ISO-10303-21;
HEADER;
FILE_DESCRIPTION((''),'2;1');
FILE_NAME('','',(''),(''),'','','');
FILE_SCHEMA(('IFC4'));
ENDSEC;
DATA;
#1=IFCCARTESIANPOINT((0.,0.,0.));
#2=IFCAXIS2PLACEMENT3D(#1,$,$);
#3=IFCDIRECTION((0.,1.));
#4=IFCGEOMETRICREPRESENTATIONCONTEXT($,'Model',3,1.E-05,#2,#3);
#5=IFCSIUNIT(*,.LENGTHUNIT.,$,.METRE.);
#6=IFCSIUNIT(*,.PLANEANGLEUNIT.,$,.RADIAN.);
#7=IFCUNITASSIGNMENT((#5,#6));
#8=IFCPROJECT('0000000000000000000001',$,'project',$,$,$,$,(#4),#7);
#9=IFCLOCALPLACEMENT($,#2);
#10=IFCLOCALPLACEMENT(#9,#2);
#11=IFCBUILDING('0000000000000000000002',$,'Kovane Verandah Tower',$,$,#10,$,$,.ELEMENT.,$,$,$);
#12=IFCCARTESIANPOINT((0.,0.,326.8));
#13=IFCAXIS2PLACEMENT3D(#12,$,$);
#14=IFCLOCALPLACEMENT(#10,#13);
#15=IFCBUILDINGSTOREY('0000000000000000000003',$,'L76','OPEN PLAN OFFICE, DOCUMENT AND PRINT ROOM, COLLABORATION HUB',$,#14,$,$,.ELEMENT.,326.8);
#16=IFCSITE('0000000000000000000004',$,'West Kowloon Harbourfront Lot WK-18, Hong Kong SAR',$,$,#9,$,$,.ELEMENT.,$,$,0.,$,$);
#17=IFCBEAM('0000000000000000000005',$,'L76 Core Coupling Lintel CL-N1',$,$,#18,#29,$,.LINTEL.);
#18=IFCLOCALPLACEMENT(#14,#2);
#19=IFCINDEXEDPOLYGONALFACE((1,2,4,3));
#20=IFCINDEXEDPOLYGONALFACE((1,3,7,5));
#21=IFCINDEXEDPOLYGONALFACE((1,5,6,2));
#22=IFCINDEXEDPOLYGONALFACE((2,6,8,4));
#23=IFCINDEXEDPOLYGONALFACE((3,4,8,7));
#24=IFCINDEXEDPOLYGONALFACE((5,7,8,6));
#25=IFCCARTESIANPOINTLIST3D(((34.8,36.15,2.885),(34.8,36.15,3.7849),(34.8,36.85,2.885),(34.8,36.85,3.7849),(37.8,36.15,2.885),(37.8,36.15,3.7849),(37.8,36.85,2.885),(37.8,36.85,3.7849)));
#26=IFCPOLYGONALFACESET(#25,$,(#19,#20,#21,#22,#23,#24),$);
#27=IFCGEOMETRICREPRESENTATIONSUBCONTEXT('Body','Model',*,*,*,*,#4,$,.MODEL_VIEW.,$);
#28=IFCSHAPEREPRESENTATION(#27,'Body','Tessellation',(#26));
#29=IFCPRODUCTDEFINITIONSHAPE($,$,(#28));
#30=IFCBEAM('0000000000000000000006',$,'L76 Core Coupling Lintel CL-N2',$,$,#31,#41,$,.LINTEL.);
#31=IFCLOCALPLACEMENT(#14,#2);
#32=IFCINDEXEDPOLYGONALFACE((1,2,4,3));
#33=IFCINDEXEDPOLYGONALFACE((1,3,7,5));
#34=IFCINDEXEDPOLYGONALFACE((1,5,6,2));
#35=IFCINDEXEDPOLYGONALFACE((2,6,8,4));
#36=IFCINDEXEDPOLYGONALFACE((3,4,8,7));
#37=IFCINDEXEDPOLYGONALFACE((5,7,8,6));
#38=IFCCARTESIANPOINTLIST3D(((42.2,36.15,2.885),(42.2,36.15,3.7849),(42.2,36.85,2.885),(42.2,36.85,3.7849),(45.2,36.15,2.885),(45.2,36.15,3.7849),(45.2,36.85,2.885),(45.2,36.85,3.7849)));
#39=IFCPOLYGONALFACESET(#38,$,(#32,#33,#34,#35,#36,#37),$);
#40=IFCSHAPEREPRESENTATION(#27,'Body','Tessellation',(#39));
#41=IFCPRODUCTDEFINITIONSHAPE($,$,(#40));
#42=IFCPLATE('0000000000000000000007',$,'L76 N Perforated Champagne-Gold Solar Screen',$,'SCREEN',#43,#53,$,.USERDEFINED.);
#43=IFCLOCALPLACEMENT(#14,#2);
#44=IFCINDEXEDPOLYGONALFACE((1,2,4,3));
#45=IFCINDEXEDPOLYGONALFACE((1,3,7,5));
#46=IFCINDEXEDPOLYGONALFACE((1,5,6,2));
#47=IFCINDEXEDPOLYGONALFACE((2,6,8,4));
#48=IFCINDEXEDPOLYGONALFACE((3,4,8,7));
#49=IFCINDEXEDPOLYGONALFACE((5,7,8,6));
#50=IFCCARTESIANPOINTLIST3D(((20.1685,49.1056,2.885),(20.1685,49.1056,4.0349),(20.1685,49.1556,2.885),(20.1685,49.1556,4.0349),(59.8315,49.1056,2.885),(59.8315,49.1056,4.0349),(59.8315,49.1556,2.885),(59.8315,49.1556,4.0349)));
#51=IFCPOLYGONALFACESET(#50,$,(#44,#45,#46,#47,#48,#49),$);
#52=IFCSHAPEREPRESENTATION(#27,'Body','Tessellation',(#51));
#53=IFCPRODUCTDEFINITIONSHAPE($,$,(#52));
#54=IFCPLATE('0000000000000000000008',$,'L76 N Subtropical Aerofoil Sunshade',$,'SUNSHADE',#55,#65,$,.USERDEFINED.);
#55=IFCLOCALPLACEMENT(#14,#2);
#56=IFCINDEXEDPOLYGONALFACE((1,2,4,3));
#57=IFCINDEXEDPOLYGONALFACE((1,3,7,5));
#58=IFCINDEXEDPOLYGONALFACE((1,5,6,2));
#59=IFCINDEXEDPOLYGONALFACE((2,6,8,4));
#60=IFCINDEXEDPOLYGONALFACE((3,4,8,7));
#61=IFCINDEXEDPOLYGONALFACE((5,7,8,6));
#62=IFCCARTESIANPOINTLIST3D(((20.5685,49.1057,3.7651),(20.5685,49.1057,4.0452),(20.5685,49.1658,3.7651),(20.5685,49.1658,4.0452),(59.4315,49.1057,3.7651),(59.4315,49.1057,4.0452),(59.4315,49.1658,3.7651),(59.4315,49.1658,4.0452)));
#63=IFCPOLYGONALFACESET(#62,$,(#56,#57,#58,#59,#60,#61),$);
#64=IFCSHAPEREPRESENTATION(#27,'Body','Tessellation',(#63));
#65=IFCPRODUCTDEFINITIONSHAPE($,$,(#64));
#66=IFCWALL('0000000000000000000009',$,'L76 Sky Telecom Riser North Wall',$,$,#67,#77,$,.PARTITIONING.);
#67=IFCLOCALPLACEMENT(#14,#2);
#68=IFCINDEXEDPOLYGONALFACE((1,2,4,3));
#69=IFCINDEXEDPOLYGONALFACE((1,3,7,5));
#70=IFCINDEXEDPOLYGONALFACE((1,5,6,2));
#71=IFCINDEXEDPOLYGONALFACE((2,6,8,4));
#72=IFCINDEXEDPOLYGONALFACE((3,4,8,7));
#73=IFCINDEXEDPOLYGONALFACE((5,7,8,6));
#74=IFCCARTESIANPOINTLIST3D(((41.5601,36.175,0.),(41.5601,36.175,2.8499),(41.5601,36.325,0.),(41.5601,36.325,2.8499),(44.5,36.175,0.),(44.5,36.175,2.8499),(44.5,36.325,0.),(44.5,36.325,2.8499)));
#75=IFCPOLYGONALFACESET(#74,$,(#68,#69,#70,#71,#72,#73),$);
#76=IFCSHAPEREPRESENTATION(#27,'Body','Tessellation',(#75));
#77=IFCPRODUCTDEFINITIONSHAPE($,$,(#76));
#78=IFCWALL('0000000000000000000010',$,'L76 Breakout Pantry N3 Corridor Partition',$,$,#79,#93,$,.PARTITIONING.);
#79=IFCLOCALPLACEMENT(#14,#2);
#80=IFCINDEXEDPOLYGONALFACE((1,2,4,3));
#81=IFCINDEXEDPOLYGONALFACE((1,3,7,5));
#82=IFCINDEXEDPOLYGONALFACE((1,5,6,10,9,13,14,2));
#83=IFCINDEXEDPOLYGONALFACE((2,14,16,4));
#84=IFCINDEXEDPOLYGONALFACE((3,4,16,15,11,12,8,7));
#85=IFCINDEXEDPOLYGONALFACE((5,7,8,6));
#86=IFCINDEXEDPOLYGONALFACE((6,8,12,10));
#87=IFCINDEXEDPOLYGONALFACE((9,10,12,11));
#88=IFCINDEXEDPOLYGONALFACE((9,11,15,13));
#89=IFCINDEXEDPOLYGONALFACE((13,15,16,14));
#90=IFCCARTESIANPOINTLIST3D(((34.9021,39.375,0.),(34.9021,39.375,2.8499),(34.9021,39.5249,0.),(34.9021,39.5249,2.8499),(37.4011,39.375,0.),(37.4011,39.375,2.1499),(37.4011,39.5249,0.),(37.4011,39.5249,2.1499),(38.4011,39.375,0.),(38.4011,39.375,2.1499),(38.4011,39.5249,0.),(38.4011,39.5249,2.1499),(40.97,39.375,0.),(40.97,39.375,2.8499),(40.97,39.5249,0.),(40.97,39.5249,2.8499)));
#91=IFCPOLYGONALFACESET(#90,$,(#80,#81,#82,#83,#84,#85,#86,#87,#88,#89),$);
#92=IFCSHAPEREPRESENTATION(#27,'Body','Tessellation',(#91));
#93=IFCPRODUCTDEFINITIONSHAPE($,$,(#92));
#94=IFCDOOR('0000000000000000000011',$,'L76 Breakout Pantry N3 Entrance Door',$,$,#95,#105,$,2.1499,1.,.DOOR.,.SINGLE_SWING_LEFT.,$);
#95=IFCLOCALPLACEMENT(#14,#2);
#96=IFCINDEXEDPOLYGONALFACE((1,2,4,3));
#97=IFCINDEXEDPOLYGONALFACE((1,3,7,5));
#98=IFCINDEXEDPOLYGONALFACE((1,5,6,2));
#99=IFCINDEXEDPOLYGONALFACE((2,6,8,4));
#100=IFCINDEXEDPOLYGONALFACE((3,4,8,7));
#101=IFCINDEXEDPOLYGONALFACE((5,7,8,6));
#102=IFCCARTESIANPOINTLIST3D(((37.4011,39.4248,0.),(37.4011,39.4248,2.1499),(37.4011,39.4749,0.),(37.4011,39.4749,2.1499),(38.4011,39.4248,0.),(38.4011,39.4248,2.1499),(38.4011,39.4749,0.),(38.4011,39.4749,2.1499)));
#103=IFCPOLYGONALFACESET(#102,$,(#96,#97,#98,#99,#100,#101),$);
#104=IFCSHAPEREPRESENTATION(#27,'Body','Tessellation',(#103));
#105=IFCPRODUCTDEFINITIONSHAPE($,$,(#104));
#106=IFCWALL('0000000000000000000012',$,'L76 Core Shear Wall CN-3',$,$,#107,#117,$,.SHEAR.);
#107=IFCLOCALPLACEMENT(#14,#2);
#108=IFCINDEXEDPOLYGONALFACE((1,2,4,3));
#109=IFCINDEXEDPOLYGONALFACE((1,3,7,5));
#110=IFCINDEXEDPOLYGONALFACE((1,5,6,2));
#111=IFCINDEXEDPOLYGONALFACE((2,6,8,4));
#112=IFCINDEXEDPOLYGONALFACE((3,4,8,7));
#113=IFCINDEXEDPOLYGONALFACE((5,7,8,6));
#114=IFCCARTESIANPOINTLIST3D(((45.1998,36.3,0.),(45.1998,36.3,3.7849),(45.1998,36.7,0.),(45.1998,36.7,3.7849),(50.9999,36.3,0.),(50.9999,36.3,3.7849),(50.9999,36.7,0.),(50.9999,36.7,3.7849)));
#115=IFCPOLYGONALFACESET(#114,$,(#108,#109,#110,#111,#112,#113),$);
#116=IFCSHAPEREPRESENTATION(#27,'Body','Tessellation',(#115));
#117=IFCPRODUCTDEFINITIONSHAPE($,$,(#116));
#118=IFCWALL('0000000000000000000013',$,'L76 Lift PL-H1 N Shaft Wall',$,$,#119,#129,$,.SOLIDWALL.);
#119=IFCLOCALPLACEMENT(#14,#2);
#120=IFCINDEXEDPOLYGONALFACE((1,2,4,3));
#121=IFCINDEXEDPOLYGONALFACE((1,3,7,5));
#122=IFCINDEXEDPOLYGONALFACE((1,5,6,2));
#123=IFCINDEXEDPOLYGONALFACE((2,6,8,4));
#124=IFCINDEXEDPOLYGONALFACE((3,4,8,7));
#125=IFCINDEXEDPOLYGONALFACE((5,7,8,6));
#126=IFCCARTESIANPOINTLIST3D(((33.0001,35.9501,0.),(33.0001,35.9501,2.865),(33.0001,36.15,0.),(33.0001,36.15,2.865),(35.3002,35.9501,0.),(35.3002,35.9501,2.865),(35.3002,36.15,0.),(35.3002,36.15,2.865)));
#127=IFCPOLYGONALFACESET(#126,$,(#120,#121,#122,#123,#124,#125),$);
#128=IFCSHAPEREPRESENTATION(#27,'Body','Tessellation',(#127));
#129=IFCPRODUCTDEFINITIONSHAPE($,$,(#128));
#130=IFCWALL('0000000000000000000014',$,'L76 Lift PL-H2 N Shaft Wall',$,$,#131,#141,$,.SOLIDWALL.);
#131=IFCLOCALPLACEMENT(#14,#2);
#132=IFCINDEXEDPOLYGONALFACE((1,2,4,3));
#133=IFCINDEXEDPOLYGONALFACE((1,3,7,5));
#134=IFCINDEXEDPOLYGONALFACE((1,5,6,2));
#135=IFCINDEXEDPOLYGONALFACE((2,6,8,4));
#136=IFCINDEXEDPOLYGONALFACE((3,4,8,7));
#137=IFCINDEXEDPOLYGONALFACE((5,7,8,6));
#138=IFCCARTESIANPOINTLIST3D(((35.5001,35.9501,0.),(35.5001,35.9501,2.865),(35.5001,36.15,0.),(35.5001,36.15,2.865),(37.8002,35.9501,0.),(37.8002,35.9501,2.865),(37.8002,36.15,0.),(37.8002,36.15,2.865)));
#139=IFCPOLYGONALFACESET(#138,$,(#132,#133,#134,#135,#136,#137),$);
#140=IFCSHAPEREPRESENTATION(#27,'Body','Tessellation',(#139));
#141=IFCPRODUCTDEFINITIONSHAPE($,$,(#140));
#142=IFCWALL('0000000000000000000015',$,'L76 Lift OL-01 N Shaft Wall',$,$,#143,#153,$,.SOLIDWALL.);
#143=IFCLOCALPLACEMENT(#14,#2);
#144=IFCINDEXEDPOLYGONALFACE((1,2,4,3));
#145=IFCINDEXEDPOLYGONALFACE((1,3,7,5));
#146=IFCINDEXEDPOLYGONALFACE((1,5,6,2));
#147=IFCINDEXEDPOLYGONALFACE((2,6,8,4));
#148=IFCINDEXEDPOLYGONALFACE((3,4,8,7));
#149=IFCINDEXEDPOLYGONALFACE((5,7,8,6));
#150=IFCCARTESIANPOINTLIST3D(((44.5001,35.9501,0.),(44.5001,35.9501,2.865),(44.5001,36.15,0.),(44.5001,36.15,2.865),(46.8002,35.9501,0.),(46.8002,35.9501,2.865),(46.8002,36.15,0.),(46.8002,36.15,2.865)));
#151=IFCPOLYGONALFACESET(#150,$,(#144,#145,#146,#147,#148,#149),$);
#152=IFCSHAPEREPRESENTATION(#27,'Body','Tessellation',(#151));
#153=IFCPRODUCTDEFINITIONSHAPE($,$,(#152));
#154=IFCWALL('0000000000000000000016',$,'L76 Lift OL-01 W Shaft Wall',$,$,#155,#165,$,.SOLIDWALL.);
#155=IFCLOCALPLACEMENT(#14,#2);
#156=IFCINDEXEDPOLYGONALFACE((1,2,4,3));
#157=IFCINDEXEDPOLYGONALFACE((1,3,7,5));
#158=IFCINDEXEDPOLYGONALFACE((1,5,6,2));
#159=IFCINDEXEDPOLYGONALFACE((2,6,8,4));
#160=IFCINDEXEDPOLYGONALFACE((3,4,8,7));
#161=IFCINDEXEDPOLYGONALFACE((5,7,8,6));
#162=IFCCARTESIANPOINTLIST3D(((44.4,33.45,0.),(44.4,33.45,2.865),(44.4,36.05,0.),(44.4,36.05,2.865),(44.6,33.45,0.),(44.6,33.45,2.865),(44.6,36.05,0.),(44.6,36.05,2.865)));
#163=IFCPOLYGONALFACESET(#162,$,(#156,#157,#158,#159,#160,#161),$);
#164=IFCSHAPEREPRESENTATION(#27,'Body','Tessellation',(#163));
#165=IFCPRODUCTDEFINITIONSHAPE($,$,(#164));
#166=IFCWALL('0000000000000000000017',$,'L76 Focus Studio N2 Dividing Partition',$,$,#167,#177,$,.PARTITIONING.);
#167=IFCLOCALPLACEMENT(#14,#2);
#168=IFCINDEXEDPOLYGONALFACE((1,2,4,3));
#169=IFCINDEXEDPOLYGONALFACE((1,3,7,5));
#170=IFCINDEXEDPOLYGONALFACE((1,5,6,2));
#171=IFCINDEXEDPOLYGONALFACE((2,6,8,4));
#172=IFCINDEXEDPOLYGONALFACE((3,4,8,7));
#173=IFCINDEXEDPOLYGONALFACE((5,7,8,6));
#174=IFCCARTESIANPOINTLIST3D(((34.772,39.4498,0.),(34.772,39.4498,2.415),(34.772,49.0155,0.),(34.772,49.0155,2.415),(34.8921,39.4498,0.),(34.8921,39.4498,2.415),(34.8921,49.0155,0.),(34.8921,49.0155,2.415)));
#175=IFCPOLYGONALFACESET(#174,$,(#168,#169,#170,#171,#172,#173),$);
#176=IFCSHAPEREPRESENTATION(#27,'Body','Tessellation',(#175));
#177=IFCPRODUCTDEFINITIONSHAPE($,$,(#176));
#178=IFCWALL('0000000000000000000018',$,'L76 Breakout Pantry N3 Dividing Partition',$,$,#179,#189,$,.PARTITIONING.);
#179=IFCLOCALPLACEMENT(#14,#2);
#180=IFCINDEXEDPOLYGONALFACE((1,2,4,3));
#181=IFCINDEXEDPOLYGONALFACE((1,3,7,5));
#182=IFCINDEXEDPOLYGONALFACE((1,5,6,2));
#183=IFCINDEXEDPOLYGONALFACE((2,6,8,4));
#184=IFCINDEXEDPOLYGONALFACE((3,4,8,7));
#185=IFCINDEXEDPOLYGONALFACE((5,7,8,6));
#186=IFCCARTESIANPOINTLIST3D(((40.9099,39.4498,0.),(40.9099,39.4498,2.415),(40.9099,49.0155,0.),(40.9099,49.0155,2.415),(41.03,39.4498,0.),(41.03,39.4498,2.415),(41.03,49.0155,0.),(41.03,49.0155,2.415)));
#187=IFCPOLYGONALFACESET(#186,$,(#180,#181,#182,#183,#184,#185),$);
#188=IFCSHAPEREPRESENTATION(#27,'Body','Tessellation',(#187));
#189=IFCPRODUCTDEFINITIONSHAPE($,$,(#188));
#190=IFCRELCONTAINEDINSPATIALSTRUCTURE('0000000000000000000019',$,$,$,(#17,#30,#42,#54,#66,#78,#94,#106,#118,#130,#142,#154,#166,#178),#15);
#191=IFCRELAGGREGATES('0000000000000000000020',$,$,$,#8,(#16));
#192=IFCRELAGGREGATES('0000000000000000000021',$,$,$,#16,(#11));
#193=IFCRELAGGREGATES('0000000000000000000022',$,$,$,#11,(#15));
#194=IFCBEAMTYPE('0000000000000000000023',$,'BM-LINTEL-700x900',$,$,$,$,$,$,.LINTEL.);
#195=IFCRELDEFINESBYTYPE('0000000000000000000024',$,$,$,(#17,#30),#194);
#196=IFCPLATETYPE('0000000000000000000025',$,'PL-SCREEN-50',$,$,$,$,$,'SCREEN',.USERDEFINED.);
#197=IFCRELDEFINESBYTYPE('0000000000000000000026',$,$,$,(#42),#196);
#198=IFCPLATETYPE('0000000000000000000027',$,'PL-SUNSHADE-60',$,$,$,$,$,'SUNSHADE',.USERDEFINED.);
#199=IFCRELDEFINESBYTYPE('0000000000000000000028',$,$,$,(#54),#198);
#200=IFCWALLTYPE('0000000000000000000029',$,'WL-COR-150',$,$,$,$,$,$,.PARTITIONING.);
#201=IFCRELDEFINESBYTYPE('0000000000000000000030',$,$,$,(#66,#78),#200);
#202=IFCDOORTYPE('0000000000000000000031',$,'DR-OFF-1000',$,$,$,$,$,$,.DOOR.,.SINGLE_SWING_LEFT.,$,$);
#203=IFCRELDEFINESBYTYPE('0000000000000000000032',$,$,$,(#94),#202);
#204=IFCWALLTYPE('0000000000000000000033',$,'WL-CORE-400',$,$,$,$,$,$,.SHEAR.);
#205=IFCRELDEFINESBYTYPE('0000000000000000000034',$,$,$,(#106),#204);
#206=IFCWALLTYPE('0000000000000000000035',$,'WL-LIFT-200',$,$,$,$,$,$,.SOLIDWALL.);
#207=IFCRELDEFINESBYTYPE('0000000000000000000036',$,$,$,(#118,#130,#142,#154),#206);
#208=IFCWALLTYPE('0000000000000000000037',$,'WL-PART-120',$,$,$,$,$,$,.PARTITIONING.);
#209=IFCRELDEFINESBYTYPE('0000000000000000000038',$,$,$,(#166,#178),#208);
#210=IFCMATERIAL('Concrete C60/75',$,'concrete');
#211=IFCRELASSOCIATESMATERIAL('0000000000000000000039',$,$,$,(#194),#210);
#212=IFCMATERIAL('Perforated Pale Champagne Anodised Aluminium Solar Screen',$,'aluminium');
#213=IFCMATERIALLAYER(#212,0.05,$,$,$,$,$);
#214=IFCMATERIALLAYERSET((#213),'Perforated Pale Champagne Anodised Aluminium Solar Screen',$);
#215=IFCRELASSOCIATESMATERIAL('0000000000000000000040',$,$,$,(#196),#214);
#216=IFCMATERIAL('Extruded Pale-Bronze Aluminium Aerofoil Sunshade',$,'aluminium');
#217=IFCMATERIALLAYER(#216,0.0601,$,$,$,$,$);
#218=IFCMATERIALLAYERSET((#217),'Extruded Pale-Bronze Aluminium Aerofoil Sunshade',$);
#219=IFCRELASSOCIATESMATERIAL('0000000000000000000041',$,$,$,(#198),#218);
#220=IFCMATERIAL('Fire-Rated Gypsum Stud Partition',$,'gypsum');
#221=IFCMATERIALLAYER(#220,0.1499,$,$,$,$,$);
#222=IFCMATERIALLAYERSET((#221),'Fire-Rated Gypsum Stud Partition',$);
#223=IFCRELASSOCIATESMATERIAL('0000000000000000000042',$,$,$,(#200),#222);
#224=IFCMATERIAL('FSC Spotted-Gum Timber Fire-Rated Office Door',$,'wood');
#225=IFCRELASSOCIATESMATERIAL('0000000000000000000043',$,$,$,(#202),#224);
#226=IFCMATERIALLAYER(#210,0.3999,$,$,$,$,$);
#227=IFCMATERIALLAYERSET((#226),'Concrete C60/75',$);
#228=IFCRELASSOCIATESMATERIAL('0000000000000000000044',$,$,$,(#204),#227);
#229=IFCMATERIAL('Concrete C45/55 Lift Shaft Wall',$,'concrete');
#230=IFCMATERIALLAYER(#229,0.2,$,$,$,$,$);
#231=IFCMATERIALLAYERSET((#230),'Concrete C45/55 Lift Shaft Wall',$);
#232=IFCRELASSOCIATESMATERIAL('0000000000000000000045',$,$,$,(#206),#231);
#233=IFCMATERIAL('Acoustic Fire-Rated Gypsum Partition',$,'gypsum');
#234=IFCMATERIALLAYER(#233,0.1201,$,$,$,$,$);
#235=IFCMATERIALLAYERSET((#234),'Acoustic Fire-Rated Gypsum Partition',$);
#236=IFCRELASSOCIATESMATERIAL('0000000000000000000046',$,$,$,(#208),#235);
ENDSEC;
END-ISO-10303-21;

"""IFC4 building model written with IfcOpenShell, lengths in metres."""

from ifc_helpers import new_model, si_unit, direction, frame, frame_2d, origin, origin_2d, place, context, subcontext, project, spatial, rectangle, extrude, material, layer, layer_set, material_profile, profile_set, type_object, element, fill, save


model = new_model("IFC4")

# Units and contexts
model_context = context("Model", 3, precision=1e-05, world=origin(), true_north=direction((0.0, 1.0)))
body_context = subcontext(model_context, "Body", "Model", "MODEL_VIEW")
ifc_project = project(units=[si_unit("LENGTHUNIT", "METRE"), si_unit("PLANEANGLEUNIT", "RADIAN")], contexts=[model_context])

# Site, building, storey
site_placement = place(None, origin())
site = spatial("IfcSite", under=ifc_project, at=site_placement, Name="West Kowloon Harbourfront Lot WK-18, Hong Kong SAR", CompositionType="ELEMENT", RefElevation=0.0)
building_placement = place(site_placement, origin())
building = spatial("IfcBuilding", under=site, at=building_placement, Name="Kovane Verandah Tower", CompositionType="ELEMENT")
storey_placement = place(building_placement, frame((0.0, 0.0, 326.8)))
storey = spatial("IfcBuildingStorey", under=building, at=storey_placement, Name="L76", Description="OPEN PLAN OFFICE, DOCUMENT AND PRINT ROOM, COLLABORATION HUB", CompositionType="ELEMENT", Elevation=326.8)

# Beams
ifc_material_1 = material(Name="Concrete C60/75", Category="concrete")
ifc_material_profile = material_profile(ifc_material_1, rectangle(XDim=0.7, YDim=0.8999, at=origin_2d()), Name="RCB700x900")
ifc_profile_set = profile_set([ifc_material_profile], Name="Concrete C60/75")
beam_type = type_object("IfcBeamType", Name="BM-LINTEL-700x900", PredefinedType="LINTEL", material=ifc_profile_set)
for number, where, z_axis, x_axis, name in (
    (1, (34.8, 36.5, 3.335), (1.0, 0.0, 0.0), (0.0, 1.0, 0.0), "L76 Core Coupling Lintel CL-N1"),
    (2, (42.2, 36.5, 3.335), (1.0, 0.0, 0.0), (0.0, 1.0, 0.0), "L76 Core Coupling Lintel CL-N2"),
):
    element("IfcBeam", number, at=place(storey_placement, frame(where, z_axis=z_axis, x_axis=x_axis)), inside=storey, type_object=beam_type, Name=name, PredefinedType="LINTEL", context=body_context, shape_type="SweptSolid", body=[
        extrude(rectangle(XDim=0.7, YDim=0.8999, at=origin_2d()), origin(), (0.0, 0.0, 1.0), 3.0),
    ])

# Plates
ifc_material_2 = material(Name="Perforated Pale Champagne Anodised Aluminium Solar Screen", Category="aluminium")
ifc_layer_1 = layer(ifc_material_2, 0.05)
ifc_layer_set_1 = layer_set([ifc_layer_1], Name="Perforated Pale Champagne Anodised Aluminium Solar Screen")
plate_type_1 = type_object("IfcPlateType", Name="PL-SCREEN-50", ElementType="SCREEN", PredefinedType="USERDEFINED", material=ifc_layer_set_1)
plate_1_placement = place(storey_placement, frame((40.0, 49.1306, 2.885), z_axis=(0.0, 0.0, 1.0), x_axis=(-1.0, 0.0, 0.0)))
element("IfcPlate", 3, at=plate_1_placement, inside=storey, type_object=plate_type_1, Name="L76 N Perforated Champagne-Gold Solar Screen", ObjectType="SCREEN", PredefinedType="USERDEFINED", context=body_context, shape_type="SweptSolid", body=[
    extrude(rectangle(XDim=39.6631, YDim=0.05, at=origin_2d()), origin(), (0.0, 0.0, 1.0), 1.1499),
])
ifc_material_3 = material(Name="Extruded Pale-Bronze Aluminium Aerofoil Sunshade", Category="aluminium")
ifc_layer_2 = layer(ifc_material_3, 0.0601)
ifc_layer_set_2 = layer_set([ifc_layer_2], Name="Extruded Pale-Bronze Aluminium Aerofoil Sunshade")
plate_type_2 = type_object("IfcPlateType", Name="PL-SUNSHADE-60", ElementType="SUNSHADE", PredefinedType="USERDEFINED", material=ifc_layer_set_2)
plate_2_placement = place(storey_placement, frame((40.0, 49.1357, 3.7651), z_axis=(0.0, 0.0, 1.0), x_axis=(-1.0, 0.0, 0.0)))
element("IfcPlate", 4, at=plate_2_placement, inside=storey, type_object=plate_type_2, Name="L76 N Subtropical Aerofoil Sunshade", ObjectType="SUNSHADE", PredefinedType="USERDEFINED", context=body_context, shape_type="SweptSolid", body=[
    extrude(rectangle(XDim=38.863, YDim=0.0601, at=origin_2d()), origin(), (0.0, 0.0, 1.0), 0.28),
])

# Wall
ifc_material_4 = material(Name="Fire-Rated Gypsum Stud Partition", Category="gypsum")
ifc_layer_3 = layer(ifc_material_4, 0.1499)
ifc_layer_set_3 = layer_set([ifc_layer_3], Name="Fire-Rated Gypsum Stud Partition")
wall_type_1 = type_object("IfcWallType", Name="WL-COR-150", PredefinedType="PARTITIONING", material=ifc_layer_set_3)
wall_1_placement = place(storey_placement, frame((41.5601, 36.25, 0.0), z_axis=(0.0, 0.0, 1.0), x_axis=(1.0, 0.0, 0.0)))
element("IfcWall", 5, at=wall_1_placement, inside=storey, type_object=wall_type_1, Name="L76 Sky Telecom Riser North Wall", PredefinedType="PARTITIONING", context=body_context, shape_type="SweptSolid", body=[
    extrude(rectangle(XDim=2.9399, YDim=0.1499, at=frame_2d((1.47, 0.0))), origin(), (0.0, 0.0, 1.0), 2.8499),
])

# Wall, opening, door
wall_2_placement = place(storey_placement, frame((34.9021, 39.45, 0.0), z_axis=(0.0, 0.0, 1.0), x_axis=(1.0, 0.0, 0.0)))
wall_2 = element("IfcWall", 6, at=wall_2_placement, inside=storey, type_object=wall_type_1, Name="L76 Breakout Pantry N3 Corridor Partition", PredefinedType="PARTITIONING", context=body_context, shape_type="SweptSolid", body=[
    extrude(rectangle(XDim=6.0679, YDim=0.1499, at=frame_2d((3.0339, 0.0))), origin(), (0.0, 0.0, 1.0), 2.8499),
])
opening_1_placement = place(wall_2_placement, frame((2.499, 0.0, 0.0)))
opening_1 = element("IfcOpeningElement", 7, at=opening_1_placement, cuts=wall_2, PredefinedType="OPENING", context=body_context, shape_type="SweptSolid", body=[
    extrude(rectangle(XDim=1.0, YDim=2.1499, at=frame_2d((0.5, 1.075))), frame((0.0, 0.075, 0.0), z_axis=(0.0, -1.0, 0.0), x_axis=(1.0, 0.0, 0.0)), (0.0, 0.0, 1.0), 0.1499),
])
ifc_material_5 = material(Name="FSC Spotted-Gum Timber Fire-Rated Office Door", Category="wood")
door_type_1 = type_object("IfcDoorType", Name="DR-OFF-1000", OperationType="SINGLE_SWING_LEFT", PredefinedType="DOOR", material=ifc_material_5)
door_1_placement = place(opening_1_placement, origin())
door_1 = element("IfcDoor", 8, at=door_1_placement, inside=storey, type_object=door_type_1, Name="L76 Breakout Pantry N3 Entrance Door", OperationType="SINGLE_SWING_LEFT", OverallHeight=2.1499, OverallWidth=1.0, PredefinedType="DOOR", context=body_context, shape_type="SweptSolid", body=[
    extrude(rectangle(XDim=1.0, YDim=2.1499, at=frame_2d((0.5, 1.075))), frame((0.0, 0.0249, 0.0), z_axis=(0.0, -1.0, 0.0), x_axis=(1.0, 0.0, 0.0)), (0.0, 0.0, 1.0), 0.05),
])
fill(opening_1, door_1)
ifc_layer_4 = layer(ifc_material_1, 0.3999)
ifc_layer_set_4 = layer_set([ifc_layer_4], Name="Concrete C60/75")
wall_type_2 = type_object("IfcWallType", Name="WL-CORE-400", PredefinedType="SHEAR", material=ifc_layer_set_4)

# Walls
wall_3_placement = place(storey_placement, frame((45.2, 36.5, 0.0), z_axis=(0.0, 0.0, 1.0), x_axis=(1.0, 0.0, 0.0)))
element("IfcWall", 9, at=wall_3_placement, inside=storey, type_object=wall_type_2, Name="L76 Core Shear Wall CN-3", PredefinedType="SHEAR", context=body_context, shape_type="SweptSolid", body=[
    extrude(rectangle(XDim=5.8, YDim=0.3999, at=frame_2d((2.8999, 0.0))), origin(), (0.0, 0.0, 1.0), 3.7849),
])
ifc_material_6 = material(Name="Concrete C45/55 Lift Shaft Wall", Category="concrete")
ifc_layer_5 = layer(ifc_material_6, 0.2)
ifc_layer_set_5 = layer_set([ifc_layer_5], Name="Concrete C45/55 Lift Shaft Wall")
wall_type_3 = type_object("IfcWallType", Name="WL-LIFT-200", PredefinedType="SOLIDWALL", material=ifc_layer_set_5)
for number, where, z_axis, x_axis, name in (
    (10, (35.3, 36.05, 0.0), (0.0, 0.0, 1.0), (-1.0, 0.0, 0.0), "L76 Lift PL-H1 N Shaft Wall"),
    (11, (37.8, 36.05, 0.0), (0.0, 0.0, 1.0), (-1.0, 0.0, 0.0), "L76 Lift PL-H2 N Shaft Wall"),
    (12, (46.8, 36.05, 0.0), (0.0, 0.0, 1.0), (-1.0, 0.0, 0.0), "L76 Lift OL-01 N Shaft Wall"),
):
    element("IfcWall", number, at=place(storey_placement, frame(where, z_axis=z_axis, x_axis=x_axis)), inside=storey, type_object=wall_type_3, Name=name, PredefinedType="SOLIDWALL", context=body_context, shape_type="SweptSolid", body=[
        extrude(rectangle(XDim=2.3, YDim=0.2, at=frame_2d((1.1499, 0.0))), origin(), (0.0, 0.0, 1.0), 2.865),
    ])
wall_4_placement = place(storey_placement, frame((44.5, 36.05, 0.0), z_axis=(0.0, 0.0, 1.0), x_axis=(0.0, -1.0, 0.0)))
element("IfcWall", 13, at=wall_4_placement, inside=storey, type_object=wall_type_3, Name="L76 Lift OL-01 W Shaft Wall", PredefinedType="SOLIDWALL", context=body_context, shape_type="SweptSolid", body=[
    extrude(rectangle(XDim=2.6001, YDim=0.2, at=frame_2d((1.3, 0.0))), origin(), (0.0, 0.0, 1.0), 2.865),
])
ifc_material_7 = material(Name="Acoustic Fire-Rated Gypsum Partition", Category="gypsum")
ifc_layer_6 = layer(ifc_material_7, 0.1201)
ifc_layer_set_6 = layer_set([ifc_layer_6], Name="Acoustic Fire-Rated Gypsum Partition")
wall_type_4 = type_object("IfcWallType", Name="WL-PART-120", PredefinedType="PARTITIONING", material=ifc_layer_set_6)
for number, where, z_axis, x_axis, name in (
    (14, (34.832, 39.45, 0.0), (0.0, 0.0, 1.0), (0.0, 1.0, 0.0), "L76 Focus Studio N2 Dividing Partition"),
    (15, (40.97, 39.45, 0.0), (0.0, 0.0, 1.0), (0.0, 1.0, 0.0), "L76 Breakout Pantry N3 Dividing Partition"),
):
    element("IfcWall", number, at=place(storey_placement, frame(where, z_axis=z_axis, x_axis=x_axis)), inside=storey, type_object=wall_type_4, Name=name, PredefinedType="PARTITIONING", context=body_context, shape_type="SweptSolid", body=[
        extrude(rectangle(XDim=9.5657, YDim=0.1201, at=frame_2d((4.7827, 0.0))), origin(), (0.0, 0.0, 1.0), 2.415),
    ])

save(model, "model.ifc")
